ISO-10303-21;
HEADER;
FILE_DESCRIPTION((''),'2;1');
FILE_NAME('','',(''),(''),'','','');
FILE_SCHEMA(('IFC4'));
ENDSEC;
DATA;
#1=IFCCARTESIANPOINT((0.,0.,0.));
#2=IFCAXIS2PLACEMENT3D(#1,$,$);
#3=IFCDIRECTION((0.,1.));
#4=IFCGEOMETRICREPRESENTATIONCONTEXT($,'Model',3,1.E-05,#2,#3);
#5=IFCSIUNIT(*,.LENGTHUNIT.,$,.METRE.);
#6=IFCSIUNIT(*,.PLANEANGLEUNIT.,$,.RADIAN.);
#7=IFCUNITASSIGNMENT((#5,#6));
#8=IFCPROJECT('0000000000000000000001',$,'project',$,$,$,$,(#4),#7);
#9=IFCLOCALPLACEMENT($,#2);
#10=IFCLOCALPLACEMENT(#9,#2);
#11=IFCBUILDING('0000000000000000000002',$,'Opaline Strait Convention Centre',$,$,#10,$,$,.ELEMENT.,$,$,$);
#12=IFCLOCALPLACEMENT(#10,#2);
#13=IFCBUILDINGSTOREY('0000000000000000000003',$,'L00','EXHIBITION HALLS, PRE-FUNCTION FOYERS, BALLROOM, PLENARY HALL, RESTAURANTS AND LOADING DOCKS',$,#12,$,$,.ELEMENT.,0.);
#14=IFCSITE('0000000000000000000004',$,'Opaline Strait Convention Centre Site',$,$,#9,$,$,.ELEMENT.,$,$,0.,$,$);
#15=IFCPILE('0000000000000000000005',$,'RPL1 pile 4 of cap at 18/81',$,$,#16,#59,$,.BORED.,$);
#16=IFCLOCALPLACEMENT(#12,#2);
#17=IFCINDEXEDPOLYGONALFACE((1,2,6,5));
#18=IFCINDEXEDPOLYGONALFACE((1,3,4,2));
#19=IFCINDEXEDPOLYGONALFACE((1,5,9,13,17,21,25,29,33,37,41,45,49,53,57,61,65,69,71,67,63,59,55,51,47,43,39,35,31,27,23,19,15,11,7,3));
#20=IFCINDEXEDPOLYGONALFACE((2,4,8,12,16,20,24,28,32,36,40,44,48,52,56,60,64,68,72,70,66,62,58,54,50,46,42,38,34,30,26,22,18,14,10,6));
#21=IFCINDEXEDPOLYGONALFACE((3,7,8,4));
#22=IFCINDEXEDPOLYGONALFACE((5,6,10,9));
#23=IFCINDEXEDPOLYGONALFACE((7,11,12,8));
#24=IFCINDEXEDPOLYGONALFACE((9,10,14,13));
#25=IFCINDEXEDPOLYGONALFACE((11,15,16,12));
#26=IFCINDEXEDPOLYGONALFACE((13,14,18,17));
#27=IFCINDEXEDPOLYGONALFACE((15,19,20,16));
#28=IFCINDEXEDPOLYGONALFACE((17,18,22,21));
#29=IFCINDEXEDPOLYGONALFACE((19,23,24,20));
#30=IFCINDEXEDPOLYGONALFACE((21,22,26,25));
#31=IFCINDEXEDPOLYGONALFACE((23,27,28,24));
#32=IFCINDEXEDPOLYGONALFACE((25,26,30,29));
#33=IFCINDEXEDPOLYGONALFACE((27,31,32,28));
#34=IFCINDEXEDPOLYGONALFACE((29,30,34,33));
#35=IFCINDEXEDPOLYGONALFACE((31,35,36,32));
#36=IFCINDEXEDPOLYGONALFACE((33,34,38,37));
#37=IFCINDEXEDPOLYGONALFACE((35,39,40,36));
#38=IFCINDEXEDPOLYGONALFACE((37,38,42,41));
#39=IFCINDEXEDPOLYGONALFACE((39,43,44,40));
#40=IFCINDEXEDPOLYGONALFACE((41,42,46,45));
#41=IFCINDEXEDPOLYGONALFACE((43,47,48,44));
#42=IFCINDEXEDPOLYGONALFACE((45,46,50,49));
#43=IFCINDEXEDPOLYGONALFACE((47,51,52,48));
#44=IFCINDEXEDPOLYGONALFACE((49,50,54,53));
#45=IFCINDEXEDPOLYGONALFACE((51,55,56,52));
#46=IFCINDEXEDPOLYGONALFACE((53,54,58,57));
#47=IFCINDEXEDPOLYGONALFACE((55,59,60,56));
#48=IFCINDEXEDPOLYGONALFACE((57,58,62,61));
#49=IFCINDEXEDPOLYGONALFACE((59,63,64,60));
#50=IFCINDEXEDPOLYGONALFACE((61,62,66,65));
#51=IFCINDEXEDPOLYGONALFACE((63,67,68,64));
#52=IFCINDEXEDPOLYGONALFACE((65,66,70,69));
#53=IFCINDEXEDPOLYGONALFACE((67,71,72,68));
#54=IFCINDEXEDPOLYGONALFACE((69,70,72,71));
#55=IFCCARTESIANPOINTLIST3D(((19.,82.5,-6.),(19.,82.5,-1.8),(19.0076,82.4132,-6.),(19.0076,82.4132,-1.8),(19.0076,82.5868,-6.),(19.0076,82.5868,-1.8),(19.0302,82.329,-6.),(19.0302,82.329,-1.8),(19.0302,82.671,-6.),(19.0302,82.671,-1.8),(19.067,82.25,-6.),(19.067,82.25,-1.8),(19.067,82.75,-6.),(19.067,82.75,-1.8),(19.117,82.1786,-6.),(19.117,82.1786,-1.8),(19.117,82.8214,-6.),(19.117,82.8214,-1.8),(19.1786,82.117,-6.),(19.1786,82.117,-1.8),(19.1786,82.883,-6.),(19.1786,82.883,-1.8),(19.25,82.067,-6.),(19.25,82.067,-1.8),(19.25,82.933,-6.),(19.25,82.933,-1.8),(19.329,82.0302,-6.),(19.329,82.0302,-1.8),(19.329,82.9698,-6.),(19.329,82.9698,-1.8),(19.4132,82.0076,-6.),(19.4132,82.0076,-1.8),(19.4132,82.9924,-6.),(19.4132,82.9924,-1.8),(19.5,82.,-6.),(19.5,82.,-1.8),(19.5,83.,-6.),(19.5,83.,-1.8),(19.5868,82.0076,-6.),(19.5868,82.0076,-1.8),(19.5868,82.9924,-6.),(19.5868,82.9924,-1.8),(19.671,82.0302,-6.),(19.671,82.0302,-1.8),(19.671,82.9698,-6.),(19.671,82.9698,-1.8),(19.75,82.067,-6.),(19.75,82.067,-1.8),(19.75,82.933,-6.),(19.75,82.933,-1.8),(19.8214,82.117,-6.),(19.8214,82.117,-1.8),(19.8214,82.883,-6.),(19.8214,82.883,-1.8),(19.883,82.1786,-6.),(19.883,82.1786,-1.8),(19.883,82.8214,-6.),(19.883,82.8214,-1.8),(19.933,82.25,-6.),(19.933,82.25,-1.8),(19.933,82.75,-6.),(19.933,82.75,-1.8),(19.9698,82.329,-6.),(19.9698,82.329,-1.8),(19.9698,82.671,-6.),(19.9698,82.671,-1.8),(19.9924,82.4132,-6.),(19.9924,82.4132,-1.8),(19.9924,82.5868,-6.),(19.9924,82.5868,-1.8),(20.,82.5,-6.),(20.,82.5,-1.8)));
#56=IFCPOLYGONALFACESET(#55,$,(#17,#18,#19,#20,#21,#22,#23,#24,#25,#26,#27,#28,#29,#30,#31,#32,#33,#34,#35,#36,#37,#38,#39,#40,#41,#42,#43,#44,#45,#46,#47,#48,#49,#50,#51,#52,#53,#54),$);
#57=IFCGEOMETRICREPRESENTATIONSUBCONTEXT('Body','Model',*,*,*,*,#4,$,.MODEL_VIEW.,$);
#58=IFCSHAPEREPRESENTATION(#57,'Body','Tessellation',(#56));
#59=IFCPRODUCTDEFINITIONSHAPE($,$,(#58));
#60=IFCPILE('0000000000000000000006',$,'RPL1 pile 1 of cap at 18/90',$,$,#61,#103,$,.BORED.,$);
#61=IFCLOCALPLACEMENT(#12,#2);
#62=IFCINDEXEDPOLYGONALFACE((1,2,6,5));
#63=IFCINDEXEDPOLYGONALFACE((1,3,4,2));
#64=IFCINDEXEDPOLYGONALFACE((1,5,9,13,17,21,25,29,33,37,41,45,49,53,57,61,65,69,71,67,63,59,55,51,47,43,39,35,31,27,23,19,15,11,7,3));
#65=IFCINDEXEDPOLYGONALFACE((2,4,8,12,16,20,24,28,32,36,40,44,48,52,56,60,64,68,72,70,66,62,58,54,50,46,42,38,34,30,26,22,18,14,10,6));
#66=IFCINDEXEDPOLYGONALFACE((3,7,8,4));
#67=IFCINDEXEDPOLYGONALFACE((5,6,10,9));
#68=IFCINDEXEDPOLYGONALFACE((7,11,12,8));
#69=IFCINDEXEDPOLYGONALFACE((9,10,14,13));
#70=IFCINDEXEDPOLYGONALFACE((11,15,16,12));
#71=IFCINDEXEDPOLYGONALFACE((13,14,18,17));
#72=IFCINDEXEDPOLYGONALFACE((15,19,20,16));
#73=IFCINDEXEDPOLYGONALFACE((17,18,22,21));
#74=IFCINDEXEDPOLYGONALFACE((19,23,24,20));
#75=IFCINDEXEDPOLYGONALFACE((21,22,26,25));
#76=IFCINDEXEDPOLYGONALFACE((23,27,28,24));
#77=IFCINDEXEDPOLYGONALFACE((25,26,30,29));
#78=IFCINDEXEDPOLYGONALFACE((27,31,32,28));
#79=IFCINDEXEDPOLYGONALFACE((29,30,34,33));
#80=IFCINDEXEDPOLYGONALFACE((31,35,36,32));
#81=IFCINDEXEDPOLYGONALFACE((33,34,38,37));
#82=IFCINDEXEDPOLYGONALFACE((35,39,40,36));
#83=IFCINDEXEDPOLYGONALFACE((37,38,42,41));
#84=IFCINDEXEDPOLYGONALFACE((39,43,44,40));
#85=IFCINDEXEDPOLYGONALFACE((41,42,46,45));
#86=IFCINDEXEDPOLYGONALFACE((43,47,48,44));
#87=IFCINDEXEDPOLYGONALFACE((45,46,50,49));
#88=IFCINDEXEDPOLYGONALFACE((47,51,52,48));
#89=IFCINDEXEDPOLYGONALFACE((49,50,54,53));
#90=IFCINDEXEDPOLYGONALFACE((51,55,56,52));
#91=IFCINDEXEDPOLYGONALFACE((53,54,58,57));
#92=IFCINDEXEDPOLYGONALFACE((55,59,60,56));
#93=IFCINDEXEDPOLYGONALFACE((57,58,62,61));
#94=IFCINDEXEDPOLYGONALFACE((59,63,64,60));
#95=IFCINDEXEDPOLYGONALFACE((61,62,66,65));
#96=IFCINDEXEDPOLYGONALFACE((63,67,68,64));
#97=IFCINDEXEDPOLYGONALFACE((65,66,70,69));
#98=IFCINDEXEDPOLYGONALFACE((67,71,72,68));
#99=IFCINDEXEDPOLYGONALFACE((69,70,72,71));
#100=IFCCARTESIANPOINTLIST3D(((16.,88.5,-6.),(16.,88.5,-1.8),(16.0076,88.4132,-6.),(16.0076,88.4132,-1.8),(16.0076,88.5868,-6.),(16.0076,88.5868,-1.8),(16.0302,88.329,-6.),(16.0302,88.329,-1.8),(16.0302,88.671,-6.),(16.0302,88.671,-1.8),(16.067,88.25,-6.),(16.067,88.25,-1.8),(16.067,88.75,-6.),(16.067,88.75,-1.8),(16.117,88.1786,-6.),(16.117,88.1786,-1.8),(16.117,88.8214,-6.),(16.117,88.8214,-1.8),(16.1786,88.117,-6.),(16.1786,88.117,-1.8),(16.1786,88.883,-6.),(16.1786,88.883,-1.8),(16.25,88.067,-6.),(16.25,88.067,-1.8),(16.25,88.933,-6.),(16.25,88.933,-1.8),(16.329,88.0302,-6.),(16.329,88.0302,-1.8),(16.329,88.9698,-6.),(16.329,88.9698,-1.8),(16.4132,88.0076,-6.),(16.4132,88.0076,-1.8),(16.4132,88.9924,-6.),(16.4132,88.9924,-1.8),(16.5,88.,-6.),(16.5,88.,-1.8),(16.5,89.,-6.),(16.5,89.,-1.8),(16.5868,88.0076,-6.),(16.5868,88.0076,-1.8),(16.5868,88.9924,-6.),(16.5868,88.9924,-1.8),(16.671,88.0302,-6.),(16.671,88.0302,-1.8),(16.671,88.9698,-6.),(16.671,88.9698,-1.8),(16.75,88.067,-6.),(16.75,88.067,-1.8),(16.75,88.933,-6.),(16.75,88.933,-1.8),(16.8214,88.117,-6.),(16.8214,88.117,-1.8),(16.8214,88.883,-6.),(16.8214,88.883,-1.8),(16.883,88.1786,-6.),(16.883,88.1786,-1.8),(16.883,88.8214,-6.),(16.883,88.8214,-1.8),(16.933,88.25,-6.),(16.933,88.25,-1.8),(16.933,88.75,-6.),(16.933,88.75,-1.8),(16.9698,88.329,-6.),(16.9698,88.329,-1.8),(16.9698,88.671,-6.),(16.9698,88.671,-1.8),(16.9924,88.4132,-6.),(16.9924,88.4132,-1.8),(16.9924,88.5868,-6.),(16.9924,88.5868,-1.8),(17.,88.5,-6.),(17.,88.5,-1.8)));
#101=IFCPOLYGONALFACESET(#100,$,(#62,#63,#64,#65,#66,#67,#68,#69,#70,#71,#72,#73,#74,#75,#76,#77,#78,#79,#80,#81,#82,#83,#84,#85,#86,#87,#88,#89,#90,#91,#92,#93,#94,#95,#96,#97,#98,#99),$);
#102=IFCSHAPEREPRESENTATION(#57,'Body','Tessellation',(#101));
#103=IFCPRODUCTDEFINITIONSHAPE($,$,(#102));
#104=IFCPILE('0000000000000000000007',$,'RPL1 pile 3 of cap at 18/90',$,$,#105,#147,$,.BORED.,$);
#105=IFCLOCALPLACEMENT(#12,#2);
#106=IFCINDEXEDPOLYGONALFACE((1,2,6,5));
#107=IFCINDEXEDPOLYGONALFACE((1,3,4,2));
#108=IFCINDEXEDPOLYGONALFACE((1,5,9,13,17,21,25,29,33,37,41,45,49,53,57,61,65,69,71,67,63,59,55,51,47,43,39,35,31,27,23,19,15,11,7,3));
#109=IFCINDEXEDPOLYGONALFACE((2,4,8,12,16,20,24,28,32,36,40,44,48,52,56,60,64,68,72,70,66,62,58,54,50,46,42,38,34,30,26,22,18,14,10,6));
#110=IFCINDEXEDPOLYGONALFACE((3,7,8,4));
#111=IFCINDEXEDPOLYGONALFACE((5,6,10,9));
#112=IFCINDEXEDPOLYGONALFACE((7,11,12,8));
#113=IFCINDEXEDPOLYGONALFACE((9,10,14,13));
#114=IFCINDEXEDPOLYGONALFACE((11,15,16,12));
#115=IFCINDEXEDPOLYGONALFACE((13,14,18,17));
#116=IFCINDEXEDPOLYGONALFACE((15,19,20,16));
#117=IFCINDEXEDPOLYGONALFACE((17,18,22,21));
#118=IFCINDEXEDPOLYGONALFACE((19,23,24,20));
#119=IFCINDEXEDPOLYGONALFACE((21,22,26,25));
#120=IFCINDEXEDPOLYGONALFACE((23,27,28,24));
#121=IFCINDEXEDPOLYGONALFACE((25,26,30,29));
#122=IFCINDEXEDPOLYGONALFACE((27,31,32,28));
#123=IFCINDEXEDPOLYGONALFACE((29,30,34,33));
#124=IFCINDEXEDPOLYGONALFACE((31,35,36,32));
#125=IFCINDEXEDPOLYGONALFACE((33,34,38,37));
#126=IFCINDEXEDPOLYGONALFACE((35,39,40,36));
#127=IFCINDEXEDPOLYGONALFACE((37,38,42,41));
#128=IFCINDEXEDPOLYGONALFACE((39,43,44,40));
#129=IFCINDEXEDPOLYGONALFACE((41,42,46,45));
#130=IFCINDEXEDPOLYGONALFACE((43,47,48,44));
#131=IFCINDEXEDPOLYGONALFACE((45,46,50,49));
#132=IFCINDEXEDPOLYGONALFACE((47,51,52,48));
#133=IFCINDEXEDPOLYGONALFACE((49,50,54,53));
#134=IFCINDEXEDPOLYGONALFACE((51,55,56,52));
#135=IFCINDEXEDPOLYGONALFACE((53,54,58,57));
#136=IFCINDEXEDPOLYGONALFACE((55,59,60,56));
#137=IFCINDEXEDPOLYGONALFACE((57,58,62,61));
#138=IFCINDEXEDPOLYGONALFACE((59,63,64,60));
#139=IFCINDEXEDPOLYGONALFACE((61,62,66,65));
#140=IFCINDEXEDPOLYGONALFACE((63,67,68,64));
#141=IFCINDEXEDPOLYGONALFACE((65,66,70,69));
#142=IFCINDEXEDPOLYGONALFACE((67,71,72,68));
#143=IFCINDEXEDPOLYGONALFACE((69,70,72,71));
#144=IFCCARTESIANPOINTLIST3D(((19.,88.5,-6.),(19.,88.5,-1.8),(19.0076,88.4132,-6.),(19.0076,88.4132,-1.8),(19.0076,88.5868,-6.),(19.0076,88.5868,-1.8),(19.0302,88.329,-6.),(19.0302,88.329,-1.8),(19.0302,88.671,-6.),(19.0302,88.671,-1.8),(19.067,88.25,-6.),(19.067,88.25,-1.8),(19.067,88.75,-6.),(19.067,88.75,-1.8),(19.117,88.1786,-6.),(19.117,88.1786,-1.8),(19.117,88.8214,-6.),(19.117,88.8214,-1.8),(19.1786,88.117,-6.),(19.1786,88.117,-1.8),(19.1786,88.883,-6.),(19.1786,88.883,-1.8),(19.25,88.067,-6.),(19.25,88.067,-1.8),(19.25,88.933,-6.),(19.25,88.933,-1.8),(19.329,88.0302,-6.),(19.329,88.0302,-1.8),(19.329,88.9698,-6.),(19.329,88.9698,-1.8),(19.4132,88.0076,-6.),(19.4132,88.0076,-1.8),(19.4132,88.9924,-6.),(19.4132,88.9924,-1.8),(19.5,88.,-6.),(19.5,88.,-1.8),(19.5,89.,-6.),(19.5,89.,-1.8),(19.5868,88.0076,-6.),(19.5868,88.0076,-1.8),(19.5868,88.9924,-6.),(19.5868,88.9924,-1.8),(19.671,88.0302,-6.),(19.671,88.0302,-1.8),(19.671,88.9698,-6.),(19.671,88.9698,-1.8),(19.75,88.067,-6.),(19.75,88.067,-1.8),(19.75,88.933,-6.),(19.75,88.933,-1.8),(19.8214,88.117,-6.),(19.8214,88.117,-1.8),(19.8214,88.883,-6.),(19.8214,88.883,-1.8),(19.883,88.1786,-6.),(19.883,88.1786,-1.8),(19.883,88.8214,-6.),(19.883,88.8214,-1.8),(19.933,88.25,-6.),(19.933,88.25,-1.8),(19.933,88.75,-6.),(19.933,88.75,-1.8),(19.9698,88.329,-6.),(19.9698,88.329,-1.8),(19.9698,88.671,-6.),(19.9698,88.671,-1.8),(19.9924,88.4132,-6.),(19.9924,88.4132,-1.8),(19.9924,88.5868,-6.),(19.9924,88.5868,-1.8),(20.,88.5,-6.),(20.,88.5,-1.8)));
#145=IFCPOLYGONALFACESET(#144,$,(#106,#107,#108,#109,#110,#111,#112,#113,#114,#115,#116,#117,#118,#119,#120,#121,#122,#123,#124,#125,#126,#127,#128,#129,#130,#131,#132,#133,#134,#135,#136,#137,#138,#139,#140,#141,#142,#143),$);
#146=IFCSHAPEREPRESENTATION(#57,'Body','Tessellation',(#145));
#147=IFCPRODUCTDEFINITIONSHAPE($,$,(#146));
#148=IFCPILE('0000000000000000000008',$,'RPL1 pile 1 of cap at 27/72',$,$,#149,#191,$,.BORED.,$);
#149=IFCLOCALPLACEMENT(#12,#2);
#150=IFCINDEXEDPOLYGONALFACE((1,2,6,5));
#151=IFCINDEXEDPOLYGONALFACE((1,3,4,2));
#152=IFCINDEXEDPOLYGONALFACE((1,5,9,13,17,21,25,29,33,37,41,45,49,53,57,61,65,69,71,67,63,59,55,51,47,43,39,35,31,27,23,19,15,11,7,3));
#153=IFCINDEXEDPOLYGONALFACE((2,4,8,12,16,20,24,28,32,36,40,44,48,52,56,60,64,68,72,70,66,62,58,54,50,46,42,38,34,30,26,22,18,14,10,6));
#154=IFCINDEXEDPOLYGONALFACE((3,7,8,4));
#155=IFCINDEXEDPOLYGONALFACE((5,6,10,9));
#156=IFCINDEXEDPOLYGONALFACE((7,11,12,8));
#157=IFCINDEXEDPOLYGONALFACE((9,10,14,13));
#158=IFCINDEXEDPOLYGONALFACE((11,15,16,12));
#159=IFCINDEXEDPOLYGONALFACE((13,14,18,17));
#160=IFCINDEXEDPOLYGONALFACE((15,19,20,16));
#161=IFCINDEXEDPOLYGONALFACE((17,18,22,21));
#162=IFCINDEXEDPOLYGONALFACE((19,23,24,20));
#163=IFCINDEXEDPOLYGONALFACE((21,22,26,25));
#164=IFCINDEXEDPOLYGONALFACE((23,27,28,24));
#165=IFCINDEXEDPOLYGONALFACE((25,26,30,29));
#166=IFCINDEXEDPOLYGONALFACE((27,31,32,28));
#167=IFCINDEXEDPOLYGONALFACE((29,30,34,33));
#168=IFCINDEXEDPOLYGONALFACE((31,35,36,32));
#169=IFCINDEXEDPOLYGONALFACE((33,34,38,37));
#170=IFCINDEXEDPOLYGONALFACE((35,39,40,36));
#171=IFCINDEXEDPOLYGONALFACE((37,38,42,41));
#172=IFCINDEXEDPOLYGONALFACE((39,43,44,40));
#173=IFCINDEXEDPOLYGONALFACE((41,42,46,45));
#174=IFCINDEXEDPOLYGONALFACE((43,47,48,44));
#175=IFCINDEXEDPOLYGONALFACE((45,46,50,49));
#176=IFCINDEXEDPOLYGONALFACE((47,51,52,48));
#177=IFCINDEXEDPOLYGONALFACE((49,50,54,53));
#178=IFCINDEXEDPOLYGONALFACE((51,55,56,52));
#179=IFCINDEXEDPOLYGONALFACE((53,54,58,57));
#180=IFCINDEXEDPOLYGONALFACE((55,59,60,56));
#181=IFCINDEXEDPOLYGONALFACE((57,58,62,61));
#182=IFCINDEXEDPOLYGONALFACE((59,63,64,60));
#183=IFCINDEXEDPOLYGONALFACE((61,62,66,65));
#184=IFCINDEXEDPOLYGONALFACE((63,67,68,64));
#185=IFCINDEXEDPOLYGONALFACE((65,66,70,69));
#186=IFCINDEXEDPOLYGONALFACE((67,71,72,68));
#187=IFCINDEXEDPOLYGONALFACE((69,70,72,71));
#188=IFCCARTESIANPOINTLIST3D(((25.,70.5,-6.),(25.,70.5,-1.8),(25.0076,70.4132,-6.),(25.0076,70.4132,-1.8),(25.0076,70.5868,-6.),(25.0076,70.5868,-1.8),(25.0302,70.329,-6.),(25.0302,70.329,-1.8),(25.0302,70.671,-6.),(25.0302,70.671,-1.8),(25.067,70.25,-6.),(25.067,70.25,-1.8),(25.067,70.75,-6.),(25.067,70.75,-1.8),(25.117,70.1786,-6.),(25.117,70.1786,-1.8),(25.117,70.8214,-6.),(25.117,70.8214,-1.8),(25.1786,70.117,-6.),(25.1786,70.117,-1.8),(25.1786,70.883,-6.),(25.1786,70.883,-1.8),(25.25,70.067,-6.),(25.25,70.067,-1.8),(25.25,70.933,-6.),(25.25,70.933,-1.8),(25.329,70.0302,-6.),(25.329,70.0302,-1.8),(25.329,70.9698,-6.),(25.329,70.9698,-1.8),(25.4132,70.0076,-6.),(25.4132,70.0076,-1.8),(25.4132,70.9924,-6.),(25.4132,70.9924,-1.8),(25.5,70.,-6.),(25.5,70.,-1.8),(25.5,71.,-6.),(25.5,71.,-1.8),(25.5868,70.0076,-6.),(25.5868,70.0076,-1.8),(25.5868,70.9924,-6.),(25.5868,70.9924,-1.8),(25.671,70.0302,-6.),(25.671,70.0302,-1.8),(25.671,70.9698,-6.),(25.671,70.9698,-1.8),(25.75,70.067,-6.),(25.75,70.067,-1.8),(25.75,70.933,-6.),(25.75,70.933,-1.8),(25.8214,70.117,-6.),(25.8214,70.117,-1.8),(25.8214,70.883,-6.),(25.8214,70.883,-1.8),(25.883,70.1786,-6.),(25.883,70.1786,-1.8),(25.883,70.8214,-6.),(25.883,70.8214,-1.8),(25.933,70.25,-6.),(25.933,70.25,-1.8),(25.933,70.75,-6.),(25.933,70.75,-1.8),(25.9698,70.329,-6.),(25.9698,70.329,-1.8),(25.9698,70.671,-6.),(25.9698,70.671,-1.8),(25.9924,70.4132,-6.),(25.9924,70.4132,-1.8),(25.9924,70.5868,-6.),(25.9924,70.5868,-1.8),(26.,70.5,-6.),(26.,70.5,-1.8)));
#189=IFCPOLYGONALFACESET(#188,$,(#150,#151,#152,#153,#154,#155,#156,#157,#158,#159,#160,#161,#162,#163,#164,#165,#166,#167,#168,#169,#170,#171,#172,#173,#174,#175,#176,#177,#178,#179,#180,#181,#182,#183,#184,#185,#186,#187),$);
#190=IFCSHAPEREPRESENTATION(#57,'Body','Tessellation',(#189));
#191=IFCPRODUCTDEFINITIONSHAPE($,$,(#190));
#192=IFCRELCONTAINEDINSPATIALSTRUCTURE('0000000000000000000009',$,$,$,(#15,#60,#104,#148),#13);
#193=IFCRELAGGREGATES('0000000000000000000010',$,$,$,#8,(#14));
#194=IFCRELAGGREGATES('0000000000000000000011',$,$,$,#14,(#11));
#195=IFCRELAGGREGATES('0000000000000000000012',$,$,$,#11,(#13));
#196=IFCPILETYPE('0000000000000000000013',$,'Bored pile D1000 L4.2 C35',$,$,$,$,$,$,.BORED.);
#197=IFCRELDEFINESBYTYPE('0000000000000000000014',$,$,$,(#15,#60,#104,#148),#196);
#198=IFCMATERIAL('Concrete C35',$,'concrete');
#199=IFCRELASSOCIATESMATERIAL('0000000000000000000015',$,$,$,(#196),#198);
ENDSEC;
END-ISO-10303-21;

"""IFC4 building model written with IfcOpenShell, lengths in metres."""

from ifc_helpers import new_model, si_unit, direction, frame, origin, origin_2d, place, context, subcontext, project, spatial, circle, extrude, material, material_profile, profile_set, type_object, element, save


model = new_model("IFC4")

# Units and contexts
model_context = context("Model", 3, precision=1e-05, world=origin(), true_north=direction((0.0, 1.0)))
body_context = subcontext(model_context, "Body", "Model", "MODEL_VIEW")
ifc_project = project(units=[si_unit("LENGTHUNIT", "METRE"), si_unit("PLANEANGLEUNIT", "RADIAN")], contexts=[model_context])

# Site, building, storey
site_placement = place(None, origin())
site = spatial("IfcSite", under=ifc_project, at=site_placement, Name="Opaline Strait Convention Centre Site", CompositionType="ELEMENT", RefElevation=0.0)
building_placement = place(site_placement, origin())
building = spatial("IfcBuilding", under=site, at=building_placement, Name="Opaline Strait Convention Centre", CompositionType="ELEMENT")
storey_placement = place(building_placement, origin())
storey = spatial("IfcBuildingStorey", under=building, at=storey_placement, Name="L00", Description="EXHIBITION HALLS, PRE-FUNCTION FOYERS, BALLROOM, PLENARY HALL, RESTAURANTS AND LOADING DOCKS", CompositionType="ELEMENT", Elevation=0.0)

# Piles
ifc_material_1 = material(Name="Concrete C35", Category="concrete")
ifc_material_profile_1 = material_profile(ifc_material_1, circle(Radius=0.5, at=origin_2d()), Name="D1000")
ifc_profile_set_1 = profile_set([ifc_material_profile_1], Name="Concrete C35")
pile_type = type_object("IfcPileType", Name="Bored pile D1000 L4.2 C35", PredefinedType="BORED", material=ifc_profile_set_1)
for number, where, z_axis, x_axis, name in (
    (1, (19.5, 82.5, -1.8), (0.0, 0.0, -1.0), (1.0, 0.0, 0.0), "RPL1 pile 4 of cap at 18/81"),
    (2, (16.5, 88.5, -1.8), (0.0, 0.0, -1.0), (1.0, 0.0, 0.0), "RPL1 pile 1 of cap at 18/90"),
    (3, (19.5, 88.5, -1.8), (0.0, 0.0, -1.0), (1.0, 0.0, 0.0), "RPL1 pile 3 of cap at 18/90"),
    (4, (25.5, 70.5, -1.8), (0.0, 0.0, -1.0), (1.0, 0.0, 0.0), "RPL1 pile 1 of cap at 27/72"),
):
    element("IfcPile", number, at=place(storey_placement, frame(where, z_axis=z_axis, x_axis=x_axis)), inside=storey, type_object=pile_type, Name=name, PredefinedType="BORED", context=body_context, shape_type="SweptSolid", body=[
        extrude(circle(Radius=0.5, at=origin_2d()), origin(), (0.0, 0.0, 1.0), 4.2),
    ])

save(model, "model.ifc")
